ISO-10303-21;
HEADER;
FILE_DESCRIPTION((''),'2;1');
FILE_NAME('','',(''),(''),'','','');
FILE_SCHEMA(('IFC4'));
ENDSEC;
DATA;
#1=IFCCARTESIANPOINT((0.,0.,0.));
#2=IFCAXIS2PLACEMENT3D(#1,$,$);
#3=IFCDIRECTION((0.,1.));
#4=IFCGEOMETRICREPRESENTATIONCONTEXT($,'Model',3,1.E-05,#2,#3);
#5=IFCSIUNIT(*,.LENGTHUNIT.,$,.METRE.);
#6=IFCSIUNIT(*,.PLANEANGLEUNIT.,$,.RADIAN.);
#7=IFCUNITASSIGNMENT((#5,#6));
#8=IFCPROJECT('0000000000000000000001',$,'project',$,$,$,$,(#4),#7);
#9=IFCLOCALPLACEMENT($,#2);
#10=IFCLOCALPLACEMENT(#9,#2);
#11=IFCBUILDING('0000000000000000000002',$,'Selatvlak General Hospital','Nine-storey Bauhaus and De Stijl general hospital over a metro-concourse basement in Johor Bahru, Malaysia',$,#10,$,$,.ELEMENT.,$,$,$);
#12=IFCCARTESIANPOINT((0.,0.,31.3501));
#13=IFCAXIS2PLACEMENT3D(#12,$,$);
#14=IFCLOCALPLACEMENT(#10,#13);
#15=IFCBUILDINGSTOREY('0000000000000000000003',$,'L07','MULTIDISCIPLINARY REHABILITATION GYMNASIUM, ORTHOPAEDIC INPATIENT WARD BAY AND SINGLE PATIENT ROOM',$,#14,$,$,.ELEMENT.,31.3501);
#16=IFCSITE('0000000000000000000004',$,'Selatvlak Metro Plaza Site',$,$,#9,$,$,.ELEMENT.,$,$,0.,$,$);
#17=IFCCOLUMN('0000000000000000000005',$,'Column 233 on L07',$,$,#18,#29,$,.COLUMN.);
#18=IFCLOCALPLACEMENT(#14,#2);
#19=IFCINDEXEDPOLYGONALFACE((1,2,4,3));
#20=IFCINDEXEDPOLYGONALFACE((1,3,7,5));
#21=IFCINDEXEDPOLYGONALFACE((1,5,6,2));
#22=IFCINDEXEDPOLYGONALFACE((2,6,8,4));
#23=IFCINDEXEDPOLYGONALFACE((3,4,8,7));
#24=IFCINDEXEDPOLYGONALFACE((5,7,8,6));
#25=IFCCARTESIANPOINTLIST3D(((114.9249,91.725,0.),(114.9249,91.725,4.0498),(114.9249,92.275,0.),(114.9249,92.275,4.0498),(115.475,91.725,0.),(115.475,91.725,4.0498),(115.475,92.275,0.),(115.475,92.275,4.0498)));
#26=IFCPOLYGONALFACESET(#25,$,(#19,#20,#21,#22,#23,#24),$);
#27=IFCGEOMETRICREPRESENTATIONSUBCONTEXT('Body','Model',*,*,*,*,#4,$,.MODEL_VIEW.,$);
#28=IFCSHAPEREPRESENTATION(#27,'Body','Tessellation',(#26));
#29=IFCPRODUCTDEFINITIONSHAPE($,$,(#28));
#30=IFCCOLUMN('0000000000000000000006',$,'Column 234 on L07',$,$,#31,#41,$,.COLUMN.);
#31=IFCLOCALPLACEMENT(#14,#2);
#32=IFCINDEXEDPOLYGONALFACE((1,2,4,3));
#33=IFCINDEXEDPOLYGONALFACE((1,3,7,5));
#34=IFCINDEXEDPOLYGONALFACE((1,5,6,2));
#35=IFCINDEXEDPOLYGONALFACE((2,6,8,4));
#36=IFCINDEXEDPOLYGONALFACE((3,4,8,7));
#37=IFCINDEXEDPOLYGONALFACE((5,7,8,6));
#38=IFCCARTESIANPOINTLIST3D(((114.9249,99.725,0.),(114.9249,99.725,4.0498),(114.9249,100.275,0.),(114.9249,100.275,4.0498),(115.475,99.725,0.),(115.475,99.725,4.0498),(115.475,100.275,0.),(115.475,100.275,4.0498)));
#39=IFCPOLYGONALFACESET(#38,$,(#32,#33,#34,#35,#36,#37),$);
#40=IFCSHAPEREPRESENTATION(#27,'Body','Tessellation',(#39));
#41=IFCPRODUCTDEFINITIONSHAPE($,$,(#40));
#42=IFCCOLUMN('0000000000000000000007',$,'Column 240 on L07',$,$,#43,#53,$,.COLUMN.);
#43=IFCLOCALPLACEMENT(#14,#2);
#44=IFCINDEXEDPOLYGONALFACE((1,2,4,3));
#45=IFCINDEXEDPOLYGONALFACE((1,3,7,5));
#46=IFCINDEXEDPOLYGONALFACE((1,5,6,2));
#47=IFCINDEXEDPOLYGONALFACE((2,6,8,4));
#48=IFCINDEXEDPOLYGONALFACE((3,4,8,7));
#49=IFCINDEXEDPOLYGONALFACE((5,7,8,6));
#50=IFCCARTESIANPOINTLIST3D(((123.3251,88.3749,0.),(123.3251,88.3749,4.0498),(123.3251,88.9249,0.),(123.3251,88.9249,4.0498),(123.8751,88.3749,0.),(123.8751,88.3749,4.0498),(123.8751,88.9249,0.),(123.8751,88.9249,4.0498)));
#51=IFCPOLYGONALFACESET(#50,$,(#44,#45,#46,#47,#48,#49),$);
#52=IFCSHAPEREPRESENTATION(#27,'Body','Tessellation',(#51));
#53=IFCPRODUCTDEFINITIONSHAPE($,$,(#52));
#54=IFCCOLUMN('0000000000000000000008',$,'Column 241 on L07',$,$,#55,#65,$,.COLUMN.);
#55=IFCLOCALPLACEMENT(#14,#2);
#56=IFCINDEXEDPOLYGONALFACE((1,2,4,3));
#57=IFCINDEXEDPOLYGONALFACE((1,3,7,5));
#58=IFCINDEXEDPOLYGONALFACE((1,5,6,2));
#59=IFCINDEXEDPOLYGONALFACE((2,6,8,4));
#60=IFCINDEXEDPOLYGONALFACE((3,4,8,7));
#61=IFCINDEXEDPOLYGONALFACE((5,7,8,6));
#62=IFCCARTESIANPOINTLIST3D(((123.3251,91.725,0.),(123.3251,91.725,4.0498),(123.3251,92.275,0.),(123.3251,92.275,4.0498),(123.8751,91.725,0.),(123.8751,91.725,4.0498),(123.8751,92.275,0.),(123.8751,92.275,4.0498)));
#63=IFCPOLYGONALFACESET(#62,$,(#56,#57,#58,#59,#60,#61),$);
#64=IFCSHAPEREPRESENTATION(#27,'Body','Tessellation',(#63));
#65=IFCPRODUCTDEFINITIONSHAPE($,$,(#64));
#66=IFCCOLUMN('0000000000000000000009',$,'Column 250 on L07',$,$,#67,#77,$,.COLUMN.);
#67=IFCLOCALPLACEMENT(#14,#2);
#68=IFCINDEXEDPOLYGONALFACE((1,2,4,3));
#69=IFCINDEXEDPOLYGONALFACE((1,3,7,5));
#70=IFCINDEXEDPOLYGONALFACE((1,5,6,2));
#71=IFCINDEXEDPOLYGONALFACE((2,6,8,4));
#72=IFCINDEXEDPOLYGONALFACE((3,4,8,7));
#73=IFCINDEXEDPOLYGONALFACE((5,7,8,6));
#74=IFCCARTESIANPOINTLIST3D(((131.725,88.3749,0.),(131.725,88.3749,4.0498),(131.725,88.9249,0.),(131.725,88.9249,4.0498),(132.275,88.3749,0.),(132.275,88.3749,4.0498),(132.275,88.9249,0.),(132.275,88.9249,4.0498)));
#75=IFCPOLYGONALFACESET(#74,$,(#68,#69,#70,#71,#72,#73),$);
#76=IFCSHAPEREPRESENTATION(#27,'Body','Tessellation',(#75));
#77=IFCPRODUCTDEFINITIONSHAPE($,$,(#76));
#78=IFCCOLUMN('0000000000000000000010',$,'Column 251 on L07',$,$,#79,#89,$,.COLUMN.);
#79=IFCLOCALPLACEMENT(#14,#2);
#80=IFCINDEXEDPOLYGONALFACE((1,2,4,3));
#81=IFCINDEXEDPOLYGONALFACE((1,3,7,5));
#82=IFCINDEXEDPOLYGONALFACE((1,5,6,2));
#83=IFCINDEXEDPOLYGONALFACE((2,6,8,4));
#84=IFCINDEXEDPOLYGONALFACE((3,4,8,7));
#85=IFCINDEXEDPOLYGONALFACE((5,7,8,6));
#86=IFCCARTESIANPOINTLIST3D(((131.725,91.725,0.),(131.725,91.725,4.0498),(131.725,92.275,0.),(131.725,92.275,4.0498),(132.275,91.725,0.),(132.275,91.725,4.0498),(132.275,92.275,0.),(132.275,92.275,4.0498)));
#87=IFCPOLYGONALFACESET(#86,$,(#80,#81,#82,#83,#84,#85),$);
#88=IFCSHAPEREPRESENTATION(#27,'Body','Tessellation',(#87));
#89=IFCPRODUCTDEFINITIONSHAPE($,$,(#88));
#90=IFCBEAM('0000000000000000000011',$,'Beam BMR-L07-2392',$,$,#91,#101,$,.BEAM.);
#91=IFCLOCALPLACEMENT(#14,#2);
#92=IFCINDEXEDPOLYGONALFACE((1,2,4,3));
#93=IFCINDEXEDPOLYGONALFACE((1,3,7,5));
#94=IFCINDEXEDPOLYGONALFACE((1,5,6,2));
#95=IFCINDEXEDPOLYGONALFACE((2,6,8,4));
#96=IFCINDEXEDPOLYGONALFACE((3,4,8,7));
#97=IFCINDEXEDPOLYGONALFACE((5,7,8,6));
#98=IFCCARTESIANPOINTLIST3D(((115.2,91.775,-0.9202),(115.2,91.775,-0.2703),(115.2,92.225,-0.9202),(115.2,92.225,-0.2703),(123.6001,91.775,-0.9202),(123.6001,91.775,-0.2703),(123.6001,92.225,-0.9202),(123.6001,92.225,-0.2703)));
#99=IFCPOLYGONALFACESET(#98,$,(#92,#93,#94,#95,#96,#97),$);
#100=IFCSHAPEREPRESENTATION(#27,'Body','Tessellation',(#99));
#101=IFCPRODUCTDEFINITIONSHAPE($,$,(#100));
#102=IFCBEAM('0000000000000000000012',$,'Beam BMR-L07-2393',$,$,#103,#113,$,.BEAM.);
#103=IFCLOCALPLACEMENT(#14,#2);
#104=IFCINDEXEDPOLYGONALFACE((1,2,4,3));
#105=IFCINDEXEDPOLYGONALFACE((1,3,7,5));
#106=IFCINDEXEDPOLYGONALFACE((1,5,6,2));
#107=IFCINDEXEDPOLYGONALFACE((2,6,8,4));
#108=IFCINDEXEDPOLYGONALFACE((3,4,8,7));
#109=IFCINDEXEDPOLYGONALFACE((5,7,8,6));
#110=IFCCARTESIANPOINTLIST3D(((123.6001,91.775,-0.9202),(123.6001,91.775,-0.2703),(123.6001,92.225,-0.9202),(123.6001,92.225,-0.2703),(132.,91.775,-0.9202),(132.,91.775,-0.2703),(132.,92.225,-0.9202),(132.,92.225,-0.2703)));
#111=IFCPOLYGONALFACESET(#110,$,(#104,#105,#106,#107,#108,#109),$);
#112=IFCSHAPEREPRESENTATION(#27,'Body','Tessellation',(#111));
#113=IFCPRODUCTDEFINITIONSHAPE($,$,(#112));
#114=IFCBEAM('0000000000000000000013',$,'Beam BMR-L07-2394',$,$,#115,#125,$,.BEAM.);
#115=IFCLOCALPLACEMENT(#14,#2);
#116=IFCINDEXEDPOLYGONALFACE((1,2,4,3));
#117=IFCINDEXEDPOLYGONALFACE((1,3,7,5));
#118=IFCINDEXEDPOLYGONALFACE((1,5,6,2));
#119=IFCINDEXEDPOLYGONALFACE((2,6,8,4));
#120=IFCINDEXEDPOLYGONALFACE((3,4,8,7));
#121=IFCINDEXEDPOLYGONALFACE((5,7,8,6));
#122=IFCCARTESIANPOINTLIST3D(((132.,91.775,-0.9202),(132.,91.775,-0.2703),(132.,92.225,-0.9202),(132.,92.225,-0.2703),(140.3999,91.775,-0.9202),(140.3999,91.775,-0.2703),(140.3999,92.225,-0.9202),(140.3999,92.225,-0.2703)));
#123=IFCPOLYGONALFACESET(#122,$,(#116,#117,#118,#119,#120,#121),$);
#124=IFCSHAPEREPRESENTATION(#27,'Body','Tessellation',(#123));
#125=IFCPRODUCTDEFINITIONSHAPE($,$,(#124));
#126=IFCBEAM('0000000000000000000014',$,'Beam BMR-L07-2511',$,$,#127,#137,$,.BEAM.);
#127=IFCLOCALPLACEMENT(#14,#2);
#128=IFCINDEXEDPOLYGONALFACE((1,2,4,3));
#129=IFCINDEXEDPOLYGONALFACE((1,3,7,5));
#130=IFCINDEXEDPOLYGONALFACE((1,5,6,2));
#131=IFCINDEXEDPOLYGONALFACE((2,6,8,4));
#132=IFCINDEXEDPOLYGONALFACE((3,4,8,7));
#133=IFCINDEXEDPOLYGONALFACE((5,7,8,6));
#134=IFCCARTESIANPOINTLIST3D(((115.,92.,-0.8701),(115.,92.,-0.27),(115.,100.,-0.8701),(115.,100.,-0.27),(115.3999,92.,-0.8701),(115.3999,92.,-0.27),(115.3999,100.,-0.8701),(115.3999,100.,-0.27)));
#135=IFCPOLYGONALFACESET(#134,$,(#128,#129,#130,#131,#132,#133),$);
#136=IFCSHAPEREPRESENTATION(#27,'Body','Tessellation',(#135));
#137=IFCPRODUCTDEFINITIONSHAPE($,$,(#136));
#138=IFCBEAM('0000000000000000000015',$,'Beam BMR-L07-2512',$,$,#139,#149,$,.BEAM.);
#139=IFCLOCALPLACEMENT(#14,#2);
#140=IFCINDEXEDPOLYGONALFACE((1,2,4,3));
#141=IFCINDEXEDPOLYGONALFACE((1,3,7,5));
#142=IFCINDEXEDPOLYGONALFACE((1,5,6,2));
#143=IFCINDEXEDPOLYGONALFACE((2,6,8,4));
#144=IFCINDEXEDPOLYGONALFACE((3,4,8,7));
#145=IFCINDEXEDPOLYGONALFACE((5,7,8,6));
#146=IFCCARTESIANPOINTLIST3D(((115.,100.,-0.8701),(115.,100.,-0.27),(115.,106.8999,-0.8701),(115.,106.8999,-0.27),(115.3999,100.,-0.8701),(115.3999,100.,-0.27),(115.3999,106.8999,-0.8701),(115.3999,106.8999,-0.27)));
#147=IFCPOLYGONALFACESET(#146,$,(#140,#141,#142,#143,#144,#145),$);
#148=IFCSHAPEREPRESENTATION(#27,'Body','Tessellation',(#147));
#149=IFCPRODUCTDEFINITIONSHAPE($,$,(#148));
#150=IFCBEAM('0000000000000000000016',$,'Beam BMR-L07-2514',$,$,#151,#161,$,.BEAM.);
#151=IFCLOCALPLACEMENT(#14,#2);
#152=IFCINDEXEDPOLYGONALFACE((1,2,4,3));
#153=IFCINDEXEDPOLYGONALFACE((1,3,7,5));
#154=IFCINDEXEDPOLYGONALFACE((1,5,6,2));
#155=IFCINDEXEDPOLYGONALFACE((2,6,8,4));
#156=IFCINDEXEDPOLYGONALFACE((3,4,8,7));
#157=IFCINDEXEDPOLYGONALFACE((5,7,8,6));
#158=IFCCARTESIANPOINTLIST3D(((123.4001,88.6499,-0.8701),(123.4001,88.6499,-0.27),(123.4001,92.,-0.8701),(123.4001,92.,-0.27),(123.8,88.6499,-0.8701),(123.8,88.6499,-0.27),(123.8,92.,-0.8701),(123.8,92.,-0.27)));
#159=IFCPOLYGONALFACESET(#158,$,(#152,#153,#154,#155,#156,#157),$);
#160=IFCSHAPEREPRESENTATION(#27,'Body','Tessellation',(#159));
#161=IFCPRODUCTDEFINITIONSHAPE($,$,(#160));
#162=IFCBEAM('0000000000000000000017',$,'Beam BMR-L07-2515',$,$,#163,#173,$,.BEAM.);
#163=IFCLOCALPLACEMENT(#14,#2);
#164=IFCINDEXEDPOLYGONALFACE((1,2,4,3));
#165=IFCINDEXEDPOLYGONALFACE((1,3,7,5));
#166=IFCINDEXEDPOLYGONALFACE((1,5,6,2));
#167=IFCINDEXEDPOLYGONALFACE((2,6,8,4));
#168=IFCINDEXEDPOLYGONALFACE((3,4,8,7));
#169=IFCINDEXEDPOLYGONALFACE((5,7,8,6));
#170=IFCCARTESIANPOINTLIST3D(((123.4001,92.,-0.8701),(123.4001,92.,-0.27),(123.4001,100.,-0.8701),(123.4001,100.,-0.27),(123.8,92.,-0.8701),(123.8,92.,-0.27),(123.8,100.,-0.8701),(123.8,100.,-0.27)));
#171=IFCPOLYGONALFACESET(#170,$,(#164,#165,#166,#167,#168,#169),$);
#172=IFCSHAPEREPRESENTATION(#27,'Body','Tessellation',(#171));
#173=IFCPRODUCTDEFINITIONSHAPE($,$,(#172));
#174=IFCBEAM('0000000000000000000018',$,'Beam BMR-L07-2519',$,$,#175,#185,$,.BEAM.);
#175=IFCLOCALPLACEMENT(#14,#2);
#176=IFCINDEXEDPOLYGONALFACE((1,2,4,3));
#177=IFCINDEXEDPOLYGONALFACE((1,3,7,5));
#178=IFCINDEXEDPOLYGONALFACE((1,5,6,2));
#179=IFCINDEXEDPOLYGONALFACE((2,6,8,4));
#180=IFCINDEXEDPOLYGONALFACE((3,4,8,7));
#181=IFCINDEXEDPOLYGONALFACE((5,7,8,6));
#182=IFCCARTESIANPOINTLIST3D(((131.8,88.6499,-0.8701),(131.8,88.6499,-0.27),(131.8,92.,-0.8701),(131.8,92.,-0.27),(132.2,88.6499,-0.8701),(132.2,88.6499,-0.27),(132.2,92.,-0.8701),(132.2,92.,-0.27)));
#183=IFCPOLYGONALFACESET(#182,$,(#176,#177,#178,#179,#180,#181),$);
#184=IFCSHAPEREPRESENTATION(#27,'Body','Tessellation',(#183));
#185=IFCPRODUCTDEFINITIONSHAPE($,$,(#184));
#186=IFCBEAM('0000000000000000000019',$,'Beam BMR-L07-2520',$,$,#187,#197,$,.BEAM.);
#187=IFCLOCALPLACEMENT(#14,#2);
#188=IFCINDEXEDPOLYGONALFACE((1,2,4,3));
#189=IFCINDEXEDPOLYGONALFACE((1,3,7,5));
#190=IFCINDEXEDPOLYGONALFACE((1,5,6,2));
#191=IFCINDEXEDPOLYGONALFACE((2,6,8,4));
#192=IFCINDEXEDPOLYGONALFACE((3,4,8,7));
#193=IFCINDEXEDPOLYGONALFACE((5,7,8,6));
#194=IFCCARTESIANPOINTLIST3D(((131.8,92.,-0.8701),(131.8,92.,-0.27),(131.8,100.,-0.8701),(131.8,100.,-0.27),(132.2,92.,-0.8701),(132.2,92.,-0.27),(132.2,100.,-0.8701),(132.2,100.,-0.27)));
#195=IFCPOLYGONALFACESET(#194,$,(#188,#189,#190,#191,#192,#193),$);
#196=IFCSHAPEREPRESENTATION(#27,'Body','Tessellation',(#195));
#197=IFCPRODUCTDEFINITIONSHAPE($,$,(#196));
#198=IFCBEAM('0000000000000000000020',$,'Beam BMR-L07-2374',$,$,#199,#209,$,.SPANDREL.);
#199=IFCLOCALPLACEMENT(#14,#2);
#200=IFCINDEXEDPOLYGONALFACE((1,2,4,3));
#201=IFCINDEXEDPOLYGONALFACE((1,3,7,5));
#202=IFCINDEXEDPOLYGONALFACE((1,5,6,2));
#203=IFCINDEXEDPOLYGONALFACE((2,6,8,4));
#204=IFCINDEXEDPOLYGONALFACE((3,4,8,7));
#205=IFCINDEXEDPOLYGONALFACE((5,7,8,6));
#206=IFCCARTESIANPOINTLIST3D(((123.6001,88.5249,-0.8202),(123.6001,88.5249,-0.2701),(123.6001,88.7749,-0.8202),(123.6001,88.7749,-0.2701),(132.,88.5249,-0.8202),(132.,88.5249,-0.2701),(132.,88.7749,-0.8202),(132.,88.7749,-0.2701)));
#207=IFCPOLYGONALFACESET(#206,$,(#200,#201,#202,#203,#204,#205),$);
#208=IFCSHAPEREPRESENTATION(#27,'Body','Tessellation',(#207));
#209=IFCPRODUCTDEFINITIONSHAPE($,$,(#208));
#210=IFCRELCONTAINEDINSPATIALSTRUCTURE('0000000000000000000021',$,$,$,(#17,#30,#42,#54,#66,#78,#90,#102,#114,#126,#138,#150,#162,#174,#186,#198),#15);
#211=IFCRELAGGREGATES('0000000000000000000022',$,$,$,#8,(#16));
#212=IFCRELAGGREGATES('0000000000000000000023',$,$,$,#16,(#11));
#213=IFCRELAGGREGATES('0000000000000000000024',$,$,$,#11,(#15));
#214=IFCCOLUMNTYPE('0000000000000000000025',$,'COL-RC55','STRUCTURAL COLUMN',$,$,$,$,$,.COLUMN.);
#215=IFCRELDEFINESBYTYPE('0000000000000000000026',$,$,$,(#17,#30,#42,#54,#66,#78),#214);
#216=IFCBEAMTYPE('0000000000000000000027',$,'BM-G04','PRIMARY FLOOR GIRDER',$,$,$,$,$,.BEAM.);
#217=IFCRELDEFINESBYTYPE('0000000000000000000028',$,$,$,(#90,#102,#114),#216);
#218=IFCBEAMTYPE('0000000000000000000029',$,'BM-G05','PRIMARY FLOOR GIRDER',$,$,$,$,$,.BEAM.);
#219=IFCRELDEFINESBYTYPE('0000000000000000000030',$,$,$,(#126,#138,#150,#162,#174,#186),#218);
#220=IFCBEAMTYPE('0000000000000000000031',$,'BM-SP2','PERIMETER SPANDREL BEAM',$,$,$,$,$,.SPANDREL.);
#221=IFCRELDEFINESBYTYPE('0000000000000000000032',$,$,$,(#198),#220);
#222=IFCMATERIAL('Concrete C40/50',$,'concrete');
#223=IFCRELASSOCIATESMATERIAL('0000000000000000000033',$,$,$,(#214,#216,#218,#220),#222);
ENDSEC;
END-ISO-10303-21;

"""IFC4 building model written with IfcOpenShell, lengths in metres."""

from ifc_helpers import new_model, si_unit, direction, frame, origin, origin_2d, place, context, subcontext, project, spatial, rectangle, extrude, material, material_profile, profile_set, type_object, element, save


model = new_model("IFC4")

# Units and contexts
model_context = context("Model", 3, precision=1e-05, world=origin(), true_north=direction((0.0, 1.0)))
body_context = subcontext(model_context, "Body", "Model", "MODEL_VIEW")
ifc_project = project(units=[si_unit("LENGTHUNIT", "METRE"), si_unit("PLANEANGLEUNIT", "RADIAN")], contexts=[model_context])

# Site, building, storey
site_placement = place(None, origin())
site = spatial("IfcSite", under=ifc_project, at=site_placement, Name="Selatvlak Metro Plaza Site", CompositionType="ELEMENT", RefElevation=0.0)
building_placement = place(site_placement, origin())
building = spatial("IfcBuilding", under=site, at=building_placement, Name="Selatvlak General Hospital", Description="Nine-storey Bauhaus and De Stijl general hospital over a metro-concourse basement in Johor Bahru, Malaysia", CompositionType="ELEMENT")
storey_placement = place(building_placement, frame((0.0, 0.0, 31.3501)))
storey = spatial("IfcBuildingStorey", under=building, at=storey_placement, Name="L07", Description="MULTIDISCIPLINARY REHABILITATION GYMNASIUM, ORTHOPAEDIC INPATIENT WARD BAY AND SINGLE PATIENT ROOM", CompositionType="ELEMENT", Elevation=31.3501)

# Columns
ifc_material = material(Name="Concrete C40/50", Category="concrete")
ifc_material_profile_1 = material_profile(ifc_material, rectangle(XDim=0.55, YDim=0.55, at=origin_2d()), Name="RC-COL 550x550")
ifc_profile_set_1 = profile_set([ifc_material_profile_1], Name="Concrete C40/50")
column_type = type_object("IfcColumnType", Name="COL-RC55", Description="STRUCTURAL COLUMN", PredefinedType="COLUMN", material=ifc_profile_set_1)
for number, where, z_axis, x_axis, name in (
    (1, (115.2, 92.0, 0.0), (0.0, 0.0, 1.0), (1.0, 0.0, 0.0), "Column 233 on L07"),
    (2, (115.2, 100.0, 0.0), (0.0, 0.0, 1.0), (1.0, 0.0, 0.0), "Column 234 on L07"),
    (3, (123.6001, 88.6499, 0.0), (0.0, 0.0, 1.0), (1.0, 0.0, 0.0), "Column 240 on L07"),
    (4, (123.6001, 92.0, 0.0), (0.0, 0.0, 1.0), (1.0, 0.0, 0.0), "Column 241 on L07"),
    (5, (132.0, 88.6499, 0.0), (0.0, 0.0, 1.0), (1.0, 0.0, 0.0), "Column 250 on L07"),
    (6, (132.0, 92.0, 0.0), (0.0, 0.0, 1.0), (1.0, 0.0, 0.0), "Column 251 on L07"),
):
    element("IfcColumn", number, at=place(storey_placement, frame(where, z_axis=z_axis, x_axis=x_axis)), inside=storey, type_object=column_type, Name=name, PredefinedType="COLUMN", context=body_context, shape_type="SweptSolid", body=[
        extrude(rectangle(XDim=0.55, YDim=0.55, at=origin_2d()), origin(), (0.0, 0.0, 1.0), 4.0498),
    ])

# Beams
ifc_material_profile_2 = material_profile(ifc_material, rectangle(XDim=0.45, YDim=0.6499, at=origin_2d()), Name="RC-BM 450x650")
ifc_profile_set_2 = profile_set([ifc_material_profile_2], Name="Concrete C40/50")
beam_type_1 = type_object("IfcBeamType", Name="BM-G04", Description="PRIMARY FLOOR GIRDER", PredefinedType="BEAM", material=ifc_profile_set_2)
beam_1_placement = place(storey_placement, frame((115.2, 92.0, -0.5952), z_axis=(1.0, 0.0, 0.0), x_axis=(0.0, 1.0, 0.0)))
element("IfcBeam", 7, at=beam_1_placement, inside=storey, type_object=beam_type_1, Name="Beam BMR-L07-2392", PredefinedType="BEAM", context=body_context, shape_type="SweptSolid", body=[
    extrude(rectangle(XDim=0.45, YDim=0.6499, at=origin_2d()), origin(), (0.0, 0.0, 1.0), 8.4001),
])
for number, where, z_axis, x_axis, name in (
    (8, (123.6001, 92.0, -0.5952), (1.0, 0.0, 0.0), (0.0, 1.0, 0.0), "Beam BMR-L07-2393"),
    (9, (132.0, 92.0, -0.5952), (1.0, 0.0, 0.0), (0.0, 1.0, 0.0), "Beam BMR-L07-2394"),
):
    element("IfcBeam", number, at=place(storey_placement, frame(where, z_axis=z_axis, x_axis=x_axis)), inside=storey, type_object=beam_type_1, Name=name, PredefinedType="BEAM", context=body_context, shape_type="SweptSolid", body=[
        extrude(rectangle(XDim=0.45, YDim=0.6499, at=origin_2d()), origin(), (0.0, 0.0, 1.0), 8.3999),
    ])
ifc_material_profile_3 = material_profile(ifc_material, rectangle(XDim=0.3999, YDim=0.6001, at=origin_2d()), Name="RC-BM 400x600")
ifc_profile_set_3 = profile_set([ifc_material_profile_3], Name="Concrete C40/50")
beam_type_2 = type_object("IfcBeamType", Name="BM-G05", Description="PRIMARY FLOOR GIRDER", PredefinedType="BEAM", material=ifc_profile_set_3)
beam_2_placement = place(storey_placement, frame((115.2, 92.0, -0.5701), z_axis=(0.0, 1.0, 0.0), x_axis=(-1.0, 0.0, 0.0)))
element("IfcBeam", 10, at=beam_2_placement, inside=storey, type_object=beam_type_2, Name="Beam BMR-L07-2511", PredefinedType="BEAM", context=body_context, shape_type="SweptSolid", body=[
    extrude(rectangle(XDim=0.3999, YDim=0.6001, at=origin_2d()), origin(), (0.0, 0.0, 1.0), 8.0),
])
beam_3_placement = place(storey_placement, frame((115.2, 100.0, -0.5701), z_axis=(0.0, 1.0, 0.0), x_axis=(-1.0, 0.0, 0.0)))
element("IfcBeam", 11, at=beam_3_placement, inside=storey, type_object=beam_type_2, Name="Beam BMR-L07-2512", PredefinedType="BEAM", context=body_context, shape_type="SweptSolid", body=[
    extrude(rectangle(XDim=0.3999, YDim=0.6001, at=origin_2d()), origin(), (0.0, 0.0, 1.0), 6.8999),
])
beam_4_placement = place(storey_placement, frame((123.6001, 88.6499, -0.5701), z_axis=(0.0, 1.0, 0.0), x_axis=(-1.0, 0.0, 0.0)))
element("IfcBeam", 12, at=beam_4_placement, inside=storey, type_object=beam_type_2, Name="Beam BMR-L07-2514", PredefinedType="BEAM", context=body_context, shape_type="SweptSolid", body=[
    extrude(rectangle(XDim=0.3999, YDim=0.6001, at=origin_2d()), origin(), (0.0, 0.0, 1.0), 3.3501),
])
beam_5_placement = place(storey_placement, frame((123.6001, 92.0, -0.5701), z_axis=(0.0, 1.0, 0.0), x_axis=(-1.0, 0.0, 0.0)))
element("IfcBeam", 13, at=beam_5_placement, inside=storey, type_object=beam_type_2, Name="Beam BMR-L07-2515", PredefinedType="BEAM", context=body_context, shape_type="SweptSolid", body=[
    extrude(rectangle(XDim=0.3999, YDim=0.6001, at=origin_2d()), origin(), (0.0, 0.0, 1.0), 8.0),
])
beam_6_placement = place(storey_placement, frame((132.0, 88.6499, -0.5701), z_axis=(0.0, 1.0, 0.0), x_axis=(-1.0, 0.0, 0.0)))
element("IfcBeam", 14, at=beam_6_placement, inside=storey, type_object=beam_type_2, Name="Beam BMR-L07-2519", PredefinedType="BEAM", context=body_context, shape_type="SweptSolid", body=[
    extrude(rectangle(XDim=0.3999, YDim=0.6001, at=origin_2d()), origin(), (0.0, 0.0, 1.0), 3.3501),
])
beam_7_placement = place(storey_placement, frame((132.0, 92.0, -0.5701), z_axis=(0.0, 1.0, 0.0), x_axis=(-1.0, 0.0, 0.0)))
element("IfcBeam", 15, at=beam_7_placement, inside=storey, type_object=beam_type_2, Name="Beam BMR-L07-2520", PredefinedType="BEAM", context=body_context, shape_type="SweptSolid", body=[
    extrude(rectangle(XDim=0.3999, YDim=0.6001, at=origin_2d()), origin(), (0.0, 0.0, 1.0), 8.0),
])
ifc_material_profile_4 = material_profile(ifc_material, rectangle(XDim=0.25, YDim=0.55, at=origin_2d()), Name="RC-SP 250x550")
ifc_profile_set_4 = profile_set([ifc_material_profile_4], Name="Concrete C40/50")
beam_type_3 = type_object("IfcBeamType", Name="BM-SP2", Description="PERIMETER SPANDREL BEAM", PredefinedType="SPANDREL", material=ifc_profile_set_4)
for number, where, z_axis, x_axis, name in (
    (16, (123.6001, 88.6499, -0.5452), (1.0, 0.0, 0.0), (0.0, 1.0, 0.0), "Beam BMR-L07-2374"),
):
    element("IfcBeam", number, at=place(storey_placement, frame(where, z_axis=z_axis, x_axis=x_axis)), inside=storey, type_object=beam_type_3, Name=name, PredefinedType="SPANDREL", context=body_context, shape_type="SweptSolid", body=[
        extrude(rectangle(XDim=0.25, YDim=0.55, at=origin_2d()), origin(), (0.0, 0.0, 1.0), 8.3999),
    ])

save(model, "model.ifc")
